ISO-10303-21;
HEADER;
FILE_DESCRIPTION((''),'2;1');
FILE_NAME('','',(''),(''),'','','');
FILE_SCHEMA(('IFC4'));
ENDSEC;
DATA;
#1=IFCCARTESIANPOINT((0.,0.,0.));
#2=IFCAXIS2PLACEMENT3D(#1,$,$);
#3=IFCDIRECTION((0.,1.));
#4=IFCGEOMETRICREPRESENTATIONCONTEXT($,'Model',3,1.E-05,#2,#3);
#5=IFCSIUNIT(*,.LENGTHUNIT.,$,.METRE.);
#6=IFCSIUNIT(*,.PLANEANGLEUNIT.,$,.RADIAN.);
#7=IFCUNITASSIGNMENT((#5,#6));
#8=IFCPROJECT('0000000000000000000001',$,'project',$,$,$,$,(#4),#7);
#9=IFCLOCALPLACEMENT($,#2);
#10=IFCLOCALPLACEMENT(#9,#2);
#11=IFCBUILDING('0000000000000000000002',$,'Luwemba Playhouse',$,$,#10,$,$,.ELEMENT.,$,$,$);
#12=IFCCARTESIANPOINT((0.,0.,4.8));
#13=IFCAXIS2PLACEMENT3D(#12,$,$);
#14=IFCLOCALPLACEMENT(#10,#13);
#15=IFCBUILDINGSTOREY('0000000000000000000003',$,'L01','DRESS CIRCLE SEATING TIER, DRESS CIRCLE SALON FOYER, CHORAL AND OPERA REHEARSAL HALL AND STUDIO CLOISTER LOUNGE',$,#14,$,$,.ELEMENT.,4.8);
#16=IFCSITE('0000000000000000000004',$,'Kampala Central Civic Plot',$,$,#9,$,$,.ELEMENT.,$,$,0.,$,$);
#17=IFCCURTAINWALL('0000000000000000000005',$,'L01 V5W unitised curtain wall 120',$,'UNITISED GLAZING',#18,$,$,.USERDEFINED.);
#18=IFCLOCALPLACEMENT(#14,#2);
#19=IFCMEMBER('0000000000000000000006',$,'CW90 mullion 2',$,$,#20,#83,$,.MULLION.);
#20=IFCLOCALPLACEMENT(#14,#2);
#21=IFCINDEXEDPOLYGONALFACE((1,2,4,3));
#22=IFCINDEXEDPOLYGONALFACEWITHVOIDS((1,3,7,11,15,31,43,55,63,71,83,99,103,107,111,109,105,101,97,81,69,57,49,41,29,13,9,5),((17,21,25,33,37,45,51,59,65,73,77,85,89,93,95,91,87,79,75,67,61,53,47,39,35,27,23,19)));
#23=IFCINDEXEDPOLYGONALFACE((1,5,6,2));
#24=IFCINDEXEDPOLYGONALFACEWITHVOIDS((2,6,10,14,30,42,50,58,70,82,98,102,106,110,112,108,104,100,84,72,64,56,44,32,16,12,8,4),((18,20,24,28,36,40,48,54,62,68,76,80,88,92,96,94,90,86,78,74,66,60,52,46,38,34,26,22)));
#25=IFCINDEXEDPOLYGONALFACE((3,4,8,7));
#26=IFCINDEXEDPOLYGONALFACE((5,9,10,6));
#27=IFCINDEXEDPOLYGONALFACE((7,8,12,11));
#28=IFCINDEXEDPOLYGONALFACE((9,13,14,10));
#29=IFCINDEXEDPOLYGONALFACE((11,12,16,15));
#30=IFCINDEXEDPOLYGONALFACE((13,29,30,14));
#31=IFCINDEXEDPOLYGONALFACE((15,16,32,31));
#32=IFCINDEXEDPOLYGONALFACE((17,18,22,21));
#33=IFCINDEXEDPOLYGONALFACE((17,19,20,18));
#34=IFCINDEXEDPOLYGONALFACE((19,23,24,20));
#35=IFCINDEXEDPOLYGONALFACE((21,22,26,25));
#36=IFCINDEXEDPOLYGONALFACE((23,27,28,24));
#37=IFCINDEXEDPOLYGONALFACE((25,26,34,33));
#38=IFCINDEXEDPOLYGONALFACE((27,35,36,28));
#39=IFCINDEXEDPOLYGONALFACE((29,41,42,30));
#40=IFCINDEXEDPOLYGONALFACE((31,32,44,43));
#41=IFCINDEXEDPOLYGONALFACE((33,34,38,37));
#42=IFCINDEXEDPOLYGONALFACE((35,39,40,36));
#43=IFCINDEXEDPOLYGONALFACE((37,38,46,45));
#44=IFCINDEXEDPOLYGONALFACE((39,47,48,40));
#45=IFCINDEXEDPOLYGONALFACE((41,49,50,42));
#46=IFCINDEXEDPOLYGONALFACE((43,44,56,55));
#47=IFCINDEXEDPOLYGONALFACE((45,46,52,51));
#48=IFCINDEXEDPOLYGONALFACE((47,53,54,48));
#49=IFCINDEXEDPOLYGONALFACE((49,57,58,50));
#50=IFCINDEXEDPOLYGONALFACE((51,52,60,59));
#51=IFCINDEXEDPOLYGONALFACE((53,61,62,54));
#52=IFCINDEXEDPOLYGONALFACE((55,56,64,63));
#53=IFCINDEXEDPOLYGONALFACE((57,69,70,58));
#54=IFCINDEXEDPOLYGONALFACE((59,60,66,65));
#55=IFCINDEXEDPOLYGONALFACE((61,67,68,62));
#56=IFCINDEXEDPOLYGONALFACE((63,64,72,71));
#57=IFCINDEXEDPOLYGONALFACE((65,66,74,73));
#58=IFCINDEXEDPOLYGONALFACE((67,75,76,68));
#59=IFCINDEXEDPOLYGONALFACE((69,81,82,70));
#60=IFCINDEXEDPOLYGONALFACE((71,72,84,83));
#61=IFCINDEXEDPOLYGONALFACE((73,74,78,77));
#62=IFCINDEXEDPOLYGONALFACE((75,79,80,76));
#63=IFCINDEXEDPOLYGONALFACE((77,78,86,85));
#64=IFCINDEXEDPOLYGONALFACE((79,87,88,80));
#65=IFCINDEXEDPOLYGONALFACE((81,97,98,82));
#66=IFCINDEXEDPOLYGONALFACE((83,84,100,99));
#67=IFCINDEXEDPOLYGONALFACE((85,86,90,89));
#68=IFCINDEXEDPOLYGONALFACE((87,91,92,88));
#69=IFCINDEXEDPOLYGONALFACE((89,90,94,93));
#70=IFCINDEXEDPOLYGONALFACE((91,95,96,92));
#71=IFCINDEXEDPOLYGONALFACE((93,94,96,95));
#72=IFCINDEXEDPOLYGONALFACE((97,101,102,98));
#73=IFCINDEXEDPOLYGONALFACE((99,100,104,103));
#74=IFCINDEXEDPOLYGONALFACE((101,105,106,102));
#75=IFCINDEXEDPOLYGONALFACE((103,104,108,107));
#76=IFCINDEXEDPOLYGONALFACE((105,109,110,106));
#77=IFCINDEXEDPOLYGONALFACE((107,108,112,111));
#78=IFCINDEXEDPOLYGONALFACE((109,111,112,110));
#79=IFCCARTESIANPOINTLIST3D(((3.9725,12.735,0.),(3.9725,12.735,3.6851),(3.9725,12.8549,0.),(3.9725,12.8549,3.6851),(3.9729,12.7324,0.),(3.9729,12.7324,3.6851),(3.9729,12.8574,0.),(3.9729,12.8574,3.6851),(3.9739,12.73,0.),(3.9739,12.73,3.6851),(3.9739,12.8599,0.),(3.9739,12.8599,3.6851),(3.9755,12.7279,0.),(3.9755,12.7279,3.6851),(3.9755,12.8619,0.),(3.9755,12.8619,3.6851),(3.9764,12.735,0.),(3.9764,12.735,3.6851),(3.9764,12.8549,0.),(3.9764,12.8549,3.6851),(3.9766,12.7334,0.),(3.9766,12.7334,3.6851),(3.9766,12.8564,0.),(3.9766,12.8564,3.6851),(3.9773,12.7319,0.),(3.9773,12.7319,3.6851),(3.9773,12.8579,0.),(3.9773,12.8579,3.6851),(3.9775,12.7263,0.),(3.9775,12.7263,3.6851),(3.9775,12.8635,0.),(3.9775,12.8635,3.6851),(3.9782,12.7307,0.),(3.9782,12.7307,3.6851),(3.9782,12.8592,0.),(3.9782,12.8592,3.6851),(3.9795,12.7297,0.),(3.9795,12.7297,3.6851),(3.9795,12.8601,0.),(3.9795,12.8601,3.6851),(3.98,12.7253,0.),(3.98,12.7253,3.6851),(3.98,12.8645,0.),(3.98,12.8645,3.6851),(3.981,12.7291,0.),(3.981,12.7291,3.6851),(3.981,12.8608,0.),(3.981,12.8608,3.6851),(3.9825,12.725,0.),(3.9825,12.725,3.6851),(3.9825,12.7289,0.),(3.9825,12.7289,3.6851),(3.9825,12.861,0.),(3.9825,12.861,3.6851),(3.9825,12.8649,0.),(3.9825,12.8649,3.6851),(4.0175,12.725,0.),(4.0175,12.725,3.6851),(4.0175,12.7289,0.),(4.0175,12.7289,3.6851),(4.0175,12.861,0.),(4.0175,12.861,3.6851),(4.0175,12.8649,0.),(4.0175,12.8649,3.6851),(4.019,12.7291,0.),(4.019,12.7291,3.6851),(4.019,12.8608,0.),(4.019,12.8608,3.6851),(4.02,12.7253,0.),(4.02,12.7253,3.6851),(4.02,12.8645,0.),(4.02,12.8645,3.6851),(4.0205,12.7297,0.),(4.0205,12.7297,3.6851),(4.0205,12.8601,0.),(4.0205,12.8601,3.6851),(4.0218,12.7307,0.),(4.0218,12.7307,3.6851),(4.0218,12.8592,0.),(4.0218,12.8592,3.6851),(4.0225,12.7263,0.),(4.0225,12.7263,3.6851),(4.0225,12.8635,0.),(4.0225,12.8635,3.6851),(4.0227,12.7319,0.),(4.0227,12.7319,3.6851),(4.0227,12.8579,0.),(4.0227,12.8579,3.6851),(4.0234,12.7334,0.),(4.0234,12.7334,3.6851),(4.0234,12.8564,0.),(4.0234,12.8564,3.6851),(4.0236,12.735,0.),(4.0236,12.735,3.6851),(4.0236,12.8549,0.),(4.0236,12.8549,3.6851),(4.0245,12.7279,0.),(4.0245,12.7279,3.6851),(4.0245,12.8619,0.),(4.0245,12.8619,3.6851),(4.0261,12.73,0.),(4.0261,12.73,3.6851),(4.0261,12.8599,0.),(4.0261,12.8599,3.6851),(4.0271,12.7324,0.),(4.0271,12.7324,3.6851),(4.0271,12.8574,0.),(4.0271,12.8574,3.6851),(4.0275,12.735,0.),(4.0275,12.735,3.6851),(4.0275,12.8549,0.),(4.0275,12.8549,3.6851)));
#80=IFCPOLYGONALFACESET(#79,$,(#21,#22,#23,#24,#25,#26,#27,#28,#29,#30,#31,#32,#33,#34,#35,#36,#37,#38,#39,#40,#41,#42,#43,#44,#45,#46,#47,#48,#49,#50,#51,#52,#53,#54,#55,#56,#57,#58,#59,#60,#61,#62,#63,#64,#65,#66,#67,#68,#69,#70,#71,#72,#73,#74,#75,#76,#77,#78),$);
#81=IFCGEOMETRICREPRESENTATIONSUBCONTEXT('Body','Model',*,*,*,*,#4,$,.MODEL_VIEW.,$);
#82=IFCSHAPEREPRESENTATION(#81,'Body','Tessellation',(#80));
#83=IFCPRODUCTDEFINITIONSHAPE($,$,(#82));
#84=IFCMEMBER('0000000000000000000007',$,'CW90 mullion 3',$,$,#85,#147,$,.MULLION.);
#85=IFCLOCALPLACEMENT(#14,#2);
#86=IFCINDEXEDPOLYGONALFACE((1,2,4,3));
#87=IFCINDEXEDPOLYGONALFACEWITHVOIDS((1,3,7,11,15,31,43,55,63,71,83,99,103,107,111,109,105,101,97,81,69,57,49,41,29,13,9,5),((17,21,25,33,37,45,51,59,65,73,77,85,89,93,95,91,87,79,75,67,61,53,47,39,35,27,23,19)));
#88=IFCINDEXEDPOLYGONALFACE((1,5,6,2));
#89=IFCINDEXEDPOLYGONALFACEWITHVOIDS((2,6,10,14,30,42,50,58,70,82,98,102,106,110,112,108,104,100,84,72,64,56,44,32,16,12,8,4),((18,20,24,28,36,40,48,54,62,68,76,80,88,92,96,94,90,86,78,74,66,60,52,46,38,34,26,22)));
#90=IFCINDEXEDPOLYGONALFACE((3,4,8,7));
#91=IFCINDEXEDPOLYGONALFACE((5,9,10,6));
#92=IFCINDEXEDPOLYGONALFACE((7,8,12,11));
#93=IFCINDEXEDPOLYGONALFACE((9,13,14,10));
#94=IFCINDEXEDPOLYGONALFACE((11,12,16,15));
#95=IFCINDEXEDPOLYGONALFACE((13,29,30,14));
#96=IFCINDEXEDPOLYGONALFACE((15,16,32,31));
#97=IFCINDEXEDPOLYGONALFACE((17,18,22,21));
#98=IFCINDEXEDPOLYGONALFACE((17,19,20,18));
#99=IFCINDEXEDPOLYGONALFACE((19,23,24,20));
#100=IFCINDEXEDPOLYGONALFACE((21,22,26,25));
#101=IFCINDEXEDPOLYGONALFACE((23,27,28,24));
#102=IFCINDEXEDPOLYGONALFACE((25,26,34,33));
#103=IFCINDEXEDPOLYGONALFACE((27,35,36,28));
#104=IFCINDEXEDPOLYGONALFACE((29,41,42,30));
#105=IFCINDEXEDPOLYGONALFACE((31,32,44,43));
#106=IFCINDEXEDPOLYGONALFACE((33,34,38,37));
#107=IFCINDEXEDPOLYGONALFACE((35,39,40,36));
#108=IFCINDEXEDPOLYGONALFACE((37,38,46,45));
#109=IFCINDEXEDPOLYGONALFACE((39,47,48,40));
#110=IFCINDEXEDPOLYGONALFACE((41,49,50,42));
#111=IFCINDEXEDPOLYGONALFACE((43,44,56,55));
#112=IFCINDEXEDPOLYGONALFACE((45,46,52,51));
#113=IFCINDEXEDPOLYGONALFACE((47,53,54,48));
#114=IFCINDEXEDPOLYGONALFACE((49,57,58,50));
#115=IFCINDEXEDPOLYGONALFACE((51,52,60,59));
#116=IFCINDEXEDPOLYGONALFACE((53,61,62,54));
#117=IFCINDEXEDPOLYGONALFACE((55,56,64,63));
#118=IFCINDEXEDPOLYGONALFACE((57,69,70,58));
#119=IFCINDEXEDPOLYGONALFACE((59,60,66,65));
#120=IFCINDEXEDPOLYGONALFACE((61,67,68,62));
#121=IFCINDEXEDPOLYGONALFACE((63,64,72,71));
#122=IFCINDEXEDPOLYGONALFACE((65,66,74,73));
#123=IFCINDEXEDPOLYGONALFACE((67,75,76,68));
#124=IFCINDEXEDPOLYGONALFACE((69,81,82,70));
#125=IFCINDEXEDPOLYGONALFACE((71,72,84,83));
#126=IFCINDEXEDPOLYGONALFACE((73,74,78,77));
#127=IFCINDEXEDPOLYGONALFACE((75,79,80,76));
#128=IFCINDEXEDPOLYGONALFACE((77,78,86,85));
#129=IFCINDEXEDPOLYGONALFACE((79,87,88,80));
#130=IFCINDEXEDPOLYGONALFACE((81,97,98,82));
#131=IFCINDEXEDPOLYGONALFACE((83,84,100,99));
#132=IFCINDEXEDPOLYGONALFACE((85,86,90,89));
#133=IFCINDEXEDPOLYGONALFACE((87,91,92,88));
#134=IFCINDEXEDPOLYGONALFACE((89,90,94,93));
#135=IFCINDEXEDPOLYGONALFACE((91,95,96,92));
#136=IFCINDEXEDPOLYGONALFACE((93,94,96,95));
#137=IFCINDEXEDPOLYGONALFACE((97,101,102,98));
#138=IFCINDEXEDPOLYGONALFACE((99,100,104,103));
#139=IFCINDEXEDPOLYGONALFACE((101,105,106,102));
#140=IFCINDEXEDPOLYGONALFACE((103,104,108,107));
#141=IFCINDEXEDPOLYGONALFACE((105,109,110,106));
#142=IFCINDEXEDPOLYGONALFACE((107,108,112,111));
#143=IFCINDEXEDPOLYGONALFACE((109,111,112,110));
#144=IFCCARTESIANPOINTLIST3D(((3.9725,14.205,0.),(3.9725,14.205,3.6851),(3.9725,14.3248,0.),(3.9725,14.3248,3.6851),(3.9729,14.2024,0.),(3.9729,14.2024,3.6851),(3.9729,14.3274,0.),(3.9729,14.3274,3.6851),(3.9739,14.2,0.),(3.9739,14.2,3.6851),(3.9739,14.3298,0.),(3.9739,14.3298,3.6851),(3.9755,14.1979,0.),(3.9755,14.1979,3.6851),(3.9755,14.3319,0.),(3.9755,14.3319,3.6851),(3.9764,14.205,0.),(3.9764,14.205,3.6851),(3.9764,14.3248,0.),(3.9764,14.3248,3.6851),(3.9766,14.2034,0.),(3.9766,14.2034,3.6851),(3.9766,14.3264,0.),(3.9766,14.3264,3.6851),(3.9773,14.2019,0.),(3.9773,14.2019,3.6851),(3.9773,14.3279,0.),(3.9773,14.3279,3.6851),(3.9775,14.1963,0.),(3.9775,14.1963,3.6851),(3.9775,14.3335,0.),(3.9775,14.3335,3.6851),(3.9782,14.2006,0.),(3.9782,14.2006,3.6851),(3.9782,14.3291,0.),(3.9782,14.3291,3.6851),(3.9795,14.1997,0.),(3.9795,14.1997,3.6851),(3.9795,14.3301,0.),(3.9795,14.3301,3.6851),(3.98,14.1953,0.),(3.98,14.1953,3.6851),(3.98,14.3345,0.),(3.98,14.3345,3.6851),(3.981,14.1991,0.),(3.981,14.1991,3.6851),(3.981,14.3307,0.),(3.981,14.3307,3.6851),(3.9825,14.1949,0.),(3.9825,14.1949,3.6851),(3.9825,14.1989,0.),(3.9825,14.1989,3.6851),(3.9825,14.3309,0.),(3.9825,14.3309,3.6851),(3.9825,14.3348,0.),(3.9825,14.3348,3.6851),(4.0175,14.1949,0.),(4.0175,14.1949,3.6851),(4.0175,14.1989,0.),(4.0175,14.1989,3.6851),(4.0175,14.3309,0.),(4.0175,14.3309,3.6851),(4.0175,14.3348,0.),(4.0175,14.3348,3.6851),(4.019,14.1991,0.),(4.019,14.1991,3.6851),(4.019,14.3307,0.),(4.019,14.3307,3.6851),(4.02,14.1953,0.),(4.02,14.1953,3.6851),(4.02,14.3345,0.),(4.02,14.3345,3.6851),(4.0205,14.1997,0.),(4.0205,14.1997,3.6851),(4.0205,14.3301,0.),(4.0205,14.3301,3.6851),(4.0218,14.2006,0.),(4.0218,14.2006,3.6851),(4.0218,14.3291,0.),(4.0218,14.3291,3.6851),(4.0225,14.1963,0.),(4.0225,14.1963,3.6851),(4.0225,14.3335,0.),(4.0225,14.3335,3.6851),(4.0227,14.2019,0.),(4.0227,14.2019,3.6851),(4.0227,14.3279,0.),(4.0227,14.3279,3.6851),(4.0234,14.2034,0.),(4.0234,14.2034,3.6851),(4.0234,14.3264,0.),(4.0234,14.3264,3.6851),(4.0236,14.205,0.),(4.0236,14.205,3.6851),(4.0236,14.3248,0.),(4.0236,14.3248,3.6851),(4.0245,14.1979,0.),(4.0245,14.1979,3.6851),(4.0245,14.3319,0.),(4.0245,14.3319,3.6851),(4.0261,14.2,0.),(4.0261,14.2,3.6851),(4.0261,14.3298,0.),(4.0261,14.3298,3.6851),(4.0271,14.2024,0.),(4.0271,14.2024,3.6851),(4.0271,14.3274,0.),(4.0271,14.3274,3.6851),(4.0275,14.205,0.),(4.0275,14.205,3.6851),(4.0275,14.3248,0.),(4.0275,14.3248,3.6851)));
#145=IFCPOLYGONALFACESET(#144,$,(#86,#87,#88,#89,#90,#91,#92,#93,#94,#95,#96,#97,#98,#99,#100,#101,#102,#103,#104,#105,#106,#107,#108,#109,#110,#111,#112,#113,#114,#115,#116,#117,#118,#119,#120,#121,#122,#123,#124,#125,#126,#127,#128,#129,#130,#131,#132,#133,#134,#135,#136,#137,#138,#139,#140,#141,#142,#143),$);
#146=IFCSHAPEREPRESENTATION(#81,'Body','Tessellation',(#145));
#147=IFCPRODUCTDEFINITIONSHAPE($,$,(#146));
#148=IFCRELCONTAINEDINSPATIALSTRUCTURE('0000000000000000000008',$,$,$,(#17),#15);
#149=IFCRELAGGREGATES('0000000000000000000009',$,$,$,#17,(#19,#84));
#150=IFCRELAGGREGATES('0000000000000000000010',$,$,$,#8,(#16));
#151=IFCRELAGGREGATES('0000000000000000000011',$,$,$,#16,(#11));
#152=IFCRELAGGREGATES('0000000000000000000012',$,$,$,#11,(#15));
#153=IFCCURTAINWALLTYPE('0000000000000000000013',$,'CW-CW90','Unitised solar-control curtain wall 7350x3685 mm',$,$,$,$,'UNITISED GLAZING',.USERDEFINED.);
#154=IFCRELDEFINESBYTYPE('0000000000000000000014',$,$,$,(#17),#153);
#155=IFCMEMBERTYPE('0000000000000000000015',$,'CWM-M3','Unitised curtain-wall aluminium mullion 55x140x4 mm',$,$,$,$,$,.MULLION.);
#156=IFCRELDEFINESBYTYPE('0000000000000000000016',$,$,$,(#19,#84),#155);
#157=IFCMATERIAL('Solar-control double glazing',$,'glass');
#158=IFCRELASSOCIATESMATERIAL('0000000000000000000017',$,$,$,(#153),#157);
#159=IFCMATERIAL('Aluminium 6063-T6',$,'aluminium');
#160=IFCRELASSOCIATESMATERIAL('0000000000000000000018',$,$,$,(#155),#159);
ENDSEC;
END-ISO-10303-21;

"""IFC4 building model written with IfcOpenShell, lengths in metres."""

from ifc_helpers import new_model, si_unit, direction, frame, origin, origin_2d, place, context, subcontext, project, spatial, hollow_rectangle, extrude, material, material_profile, profile_set, type_object, element, aggregate, save


model = new_model("IFC4")

# Units and contexts
model_context = context("Model", 3, precision=1e-05, world=origin(), true_north=direction((0.0, 1.0)))
body_context = subcontext(model_context, "Body", "Model", "MODEL_VIEW")
ifc_project = project(units=[si_unit("LENGTHUNIT", "METRE"), si_unit("PLANEANGLEUNIT", "RADIAN")], contexts=[model_context])

# Site, building, storey
site_placement = place(None, origin())
site = spatial("IfcSite", under=ifc_project, at=site_placement, Name="Kampala Central Civic Plot", CompositionType="ELEMENT", RefElevation=0.0)
building_placement = place(site_placement, origin())
building = spatial("IfcBuilding", under=site, at=building_placement, Name="Luwemba Playhouse", CompositionType="ELEMENT")
storey_placement = place(building_placement, frame((0.0, 0.0, 4.8)))
storey = spatial("IfcBuildingStorey", under=building, at=storey_placement, Name="L01", Description="DRESS CIRCLE SEATING TIER, DRESS CIRCLE SALON FOYER, CHORAL AND OPERA REHEARSAL HALL AND STUDIO CLOISTER LOUNGE", CompositionType="ELEMENT", Elevation=4.8)

# Curtain wall, members
ifc_material_1 = material(Name="Solar-control double glazing", Category="glass")
curtain_wall_type = type_object("IfcCurtainWallType", Name="CW-CW90", Description="Unitised solar-control curtain wall 7350x3685 mm", ElementType="UNITISED GLAZING", PredefinedType="USERDEFINED", material=ifc_material_1)
curtain_wall_placement = place(storey_placement, origin())
curtain_wall = element("IfcCurtainWall", 1, at=curtain_wall_placement, inside=storey, type_object=curtain_wall_type, Name="L01 V5W unitised curtain wall 120", ObjectType="UNITISED GLAZING", PredefinedType="USERDEFINED")
ifc_material_2 = material(Name="Aluminium 6063-T6", Category="aluminium")
ifc_material_profile_1 = material_profile(ifc_material_2, hollow_rectangle(XDim=0.0549, YDim=0.1399, WallThickness=0.0039, InnerFilletRadius=0.0061, OuterFilletRadius=0.01, at=origin_2d()))
ifc_profile_set_1 = profile_set([ifc_material_profile_1], Name="Aluminium 6063-T6")
member_type_1 = type_object("IfcMemberType", Name="CWM-M3", Description="Unitised curtain-wall aluminium mullion 55x140x4 mm", PredefinedType="MULLION", material=ifc_profile_set_1)
member_1_placement = place(storey_placement, frame((4.0, 12.7949, 0.0), z_axis=(0.0, 0.0, 1.0), x_axis=(-1.0, 0.0, 0.0)))
member_1 = element("IfcMember", 2, at=member_1_placement, type_object=member_type_1, Name="CW90 mullion 2", PredefinedType="MULLION", context=body_context, shape_type="SweptSolid", body=[
    extrude(hollow_rectangle(XDim=0.0549, YDim=0.1399, WallThickness=0.0039, InnerFilletRadius=0.0061, OuterFilletRadius=0.01, at=origin_2d()), origin(), (0.0, 0.0, 1.0), 3.6851),
])
member_2_placement = place(storey_placement, frame((4.0, 14.2649, 0.0), z_axis=(0.0, 0.0, 1.0), x_axis=(-1.0, 0.0, 0.0)))
member_2 = element("IfcMember", 3, at=member_2_placement, type_object=member_type_1, Name="CW90 mullion 3", PredefinedType="MULLION", context=body_context, shape_type="SweptSolid", body=[
    extrude(hollow_rectangle(XDim=0.0549, YDim=0.1399, WallThickness=0.0039, InnerFilletRadius=0.0061, OuterFilletRadius=0.01, at=origin_2d()), origin(), (0.0, 0.0, 1.0), 3.6851),
])
aggregate(curtain_wall, [member_1, member_2])

save(model, "model.ifc")
